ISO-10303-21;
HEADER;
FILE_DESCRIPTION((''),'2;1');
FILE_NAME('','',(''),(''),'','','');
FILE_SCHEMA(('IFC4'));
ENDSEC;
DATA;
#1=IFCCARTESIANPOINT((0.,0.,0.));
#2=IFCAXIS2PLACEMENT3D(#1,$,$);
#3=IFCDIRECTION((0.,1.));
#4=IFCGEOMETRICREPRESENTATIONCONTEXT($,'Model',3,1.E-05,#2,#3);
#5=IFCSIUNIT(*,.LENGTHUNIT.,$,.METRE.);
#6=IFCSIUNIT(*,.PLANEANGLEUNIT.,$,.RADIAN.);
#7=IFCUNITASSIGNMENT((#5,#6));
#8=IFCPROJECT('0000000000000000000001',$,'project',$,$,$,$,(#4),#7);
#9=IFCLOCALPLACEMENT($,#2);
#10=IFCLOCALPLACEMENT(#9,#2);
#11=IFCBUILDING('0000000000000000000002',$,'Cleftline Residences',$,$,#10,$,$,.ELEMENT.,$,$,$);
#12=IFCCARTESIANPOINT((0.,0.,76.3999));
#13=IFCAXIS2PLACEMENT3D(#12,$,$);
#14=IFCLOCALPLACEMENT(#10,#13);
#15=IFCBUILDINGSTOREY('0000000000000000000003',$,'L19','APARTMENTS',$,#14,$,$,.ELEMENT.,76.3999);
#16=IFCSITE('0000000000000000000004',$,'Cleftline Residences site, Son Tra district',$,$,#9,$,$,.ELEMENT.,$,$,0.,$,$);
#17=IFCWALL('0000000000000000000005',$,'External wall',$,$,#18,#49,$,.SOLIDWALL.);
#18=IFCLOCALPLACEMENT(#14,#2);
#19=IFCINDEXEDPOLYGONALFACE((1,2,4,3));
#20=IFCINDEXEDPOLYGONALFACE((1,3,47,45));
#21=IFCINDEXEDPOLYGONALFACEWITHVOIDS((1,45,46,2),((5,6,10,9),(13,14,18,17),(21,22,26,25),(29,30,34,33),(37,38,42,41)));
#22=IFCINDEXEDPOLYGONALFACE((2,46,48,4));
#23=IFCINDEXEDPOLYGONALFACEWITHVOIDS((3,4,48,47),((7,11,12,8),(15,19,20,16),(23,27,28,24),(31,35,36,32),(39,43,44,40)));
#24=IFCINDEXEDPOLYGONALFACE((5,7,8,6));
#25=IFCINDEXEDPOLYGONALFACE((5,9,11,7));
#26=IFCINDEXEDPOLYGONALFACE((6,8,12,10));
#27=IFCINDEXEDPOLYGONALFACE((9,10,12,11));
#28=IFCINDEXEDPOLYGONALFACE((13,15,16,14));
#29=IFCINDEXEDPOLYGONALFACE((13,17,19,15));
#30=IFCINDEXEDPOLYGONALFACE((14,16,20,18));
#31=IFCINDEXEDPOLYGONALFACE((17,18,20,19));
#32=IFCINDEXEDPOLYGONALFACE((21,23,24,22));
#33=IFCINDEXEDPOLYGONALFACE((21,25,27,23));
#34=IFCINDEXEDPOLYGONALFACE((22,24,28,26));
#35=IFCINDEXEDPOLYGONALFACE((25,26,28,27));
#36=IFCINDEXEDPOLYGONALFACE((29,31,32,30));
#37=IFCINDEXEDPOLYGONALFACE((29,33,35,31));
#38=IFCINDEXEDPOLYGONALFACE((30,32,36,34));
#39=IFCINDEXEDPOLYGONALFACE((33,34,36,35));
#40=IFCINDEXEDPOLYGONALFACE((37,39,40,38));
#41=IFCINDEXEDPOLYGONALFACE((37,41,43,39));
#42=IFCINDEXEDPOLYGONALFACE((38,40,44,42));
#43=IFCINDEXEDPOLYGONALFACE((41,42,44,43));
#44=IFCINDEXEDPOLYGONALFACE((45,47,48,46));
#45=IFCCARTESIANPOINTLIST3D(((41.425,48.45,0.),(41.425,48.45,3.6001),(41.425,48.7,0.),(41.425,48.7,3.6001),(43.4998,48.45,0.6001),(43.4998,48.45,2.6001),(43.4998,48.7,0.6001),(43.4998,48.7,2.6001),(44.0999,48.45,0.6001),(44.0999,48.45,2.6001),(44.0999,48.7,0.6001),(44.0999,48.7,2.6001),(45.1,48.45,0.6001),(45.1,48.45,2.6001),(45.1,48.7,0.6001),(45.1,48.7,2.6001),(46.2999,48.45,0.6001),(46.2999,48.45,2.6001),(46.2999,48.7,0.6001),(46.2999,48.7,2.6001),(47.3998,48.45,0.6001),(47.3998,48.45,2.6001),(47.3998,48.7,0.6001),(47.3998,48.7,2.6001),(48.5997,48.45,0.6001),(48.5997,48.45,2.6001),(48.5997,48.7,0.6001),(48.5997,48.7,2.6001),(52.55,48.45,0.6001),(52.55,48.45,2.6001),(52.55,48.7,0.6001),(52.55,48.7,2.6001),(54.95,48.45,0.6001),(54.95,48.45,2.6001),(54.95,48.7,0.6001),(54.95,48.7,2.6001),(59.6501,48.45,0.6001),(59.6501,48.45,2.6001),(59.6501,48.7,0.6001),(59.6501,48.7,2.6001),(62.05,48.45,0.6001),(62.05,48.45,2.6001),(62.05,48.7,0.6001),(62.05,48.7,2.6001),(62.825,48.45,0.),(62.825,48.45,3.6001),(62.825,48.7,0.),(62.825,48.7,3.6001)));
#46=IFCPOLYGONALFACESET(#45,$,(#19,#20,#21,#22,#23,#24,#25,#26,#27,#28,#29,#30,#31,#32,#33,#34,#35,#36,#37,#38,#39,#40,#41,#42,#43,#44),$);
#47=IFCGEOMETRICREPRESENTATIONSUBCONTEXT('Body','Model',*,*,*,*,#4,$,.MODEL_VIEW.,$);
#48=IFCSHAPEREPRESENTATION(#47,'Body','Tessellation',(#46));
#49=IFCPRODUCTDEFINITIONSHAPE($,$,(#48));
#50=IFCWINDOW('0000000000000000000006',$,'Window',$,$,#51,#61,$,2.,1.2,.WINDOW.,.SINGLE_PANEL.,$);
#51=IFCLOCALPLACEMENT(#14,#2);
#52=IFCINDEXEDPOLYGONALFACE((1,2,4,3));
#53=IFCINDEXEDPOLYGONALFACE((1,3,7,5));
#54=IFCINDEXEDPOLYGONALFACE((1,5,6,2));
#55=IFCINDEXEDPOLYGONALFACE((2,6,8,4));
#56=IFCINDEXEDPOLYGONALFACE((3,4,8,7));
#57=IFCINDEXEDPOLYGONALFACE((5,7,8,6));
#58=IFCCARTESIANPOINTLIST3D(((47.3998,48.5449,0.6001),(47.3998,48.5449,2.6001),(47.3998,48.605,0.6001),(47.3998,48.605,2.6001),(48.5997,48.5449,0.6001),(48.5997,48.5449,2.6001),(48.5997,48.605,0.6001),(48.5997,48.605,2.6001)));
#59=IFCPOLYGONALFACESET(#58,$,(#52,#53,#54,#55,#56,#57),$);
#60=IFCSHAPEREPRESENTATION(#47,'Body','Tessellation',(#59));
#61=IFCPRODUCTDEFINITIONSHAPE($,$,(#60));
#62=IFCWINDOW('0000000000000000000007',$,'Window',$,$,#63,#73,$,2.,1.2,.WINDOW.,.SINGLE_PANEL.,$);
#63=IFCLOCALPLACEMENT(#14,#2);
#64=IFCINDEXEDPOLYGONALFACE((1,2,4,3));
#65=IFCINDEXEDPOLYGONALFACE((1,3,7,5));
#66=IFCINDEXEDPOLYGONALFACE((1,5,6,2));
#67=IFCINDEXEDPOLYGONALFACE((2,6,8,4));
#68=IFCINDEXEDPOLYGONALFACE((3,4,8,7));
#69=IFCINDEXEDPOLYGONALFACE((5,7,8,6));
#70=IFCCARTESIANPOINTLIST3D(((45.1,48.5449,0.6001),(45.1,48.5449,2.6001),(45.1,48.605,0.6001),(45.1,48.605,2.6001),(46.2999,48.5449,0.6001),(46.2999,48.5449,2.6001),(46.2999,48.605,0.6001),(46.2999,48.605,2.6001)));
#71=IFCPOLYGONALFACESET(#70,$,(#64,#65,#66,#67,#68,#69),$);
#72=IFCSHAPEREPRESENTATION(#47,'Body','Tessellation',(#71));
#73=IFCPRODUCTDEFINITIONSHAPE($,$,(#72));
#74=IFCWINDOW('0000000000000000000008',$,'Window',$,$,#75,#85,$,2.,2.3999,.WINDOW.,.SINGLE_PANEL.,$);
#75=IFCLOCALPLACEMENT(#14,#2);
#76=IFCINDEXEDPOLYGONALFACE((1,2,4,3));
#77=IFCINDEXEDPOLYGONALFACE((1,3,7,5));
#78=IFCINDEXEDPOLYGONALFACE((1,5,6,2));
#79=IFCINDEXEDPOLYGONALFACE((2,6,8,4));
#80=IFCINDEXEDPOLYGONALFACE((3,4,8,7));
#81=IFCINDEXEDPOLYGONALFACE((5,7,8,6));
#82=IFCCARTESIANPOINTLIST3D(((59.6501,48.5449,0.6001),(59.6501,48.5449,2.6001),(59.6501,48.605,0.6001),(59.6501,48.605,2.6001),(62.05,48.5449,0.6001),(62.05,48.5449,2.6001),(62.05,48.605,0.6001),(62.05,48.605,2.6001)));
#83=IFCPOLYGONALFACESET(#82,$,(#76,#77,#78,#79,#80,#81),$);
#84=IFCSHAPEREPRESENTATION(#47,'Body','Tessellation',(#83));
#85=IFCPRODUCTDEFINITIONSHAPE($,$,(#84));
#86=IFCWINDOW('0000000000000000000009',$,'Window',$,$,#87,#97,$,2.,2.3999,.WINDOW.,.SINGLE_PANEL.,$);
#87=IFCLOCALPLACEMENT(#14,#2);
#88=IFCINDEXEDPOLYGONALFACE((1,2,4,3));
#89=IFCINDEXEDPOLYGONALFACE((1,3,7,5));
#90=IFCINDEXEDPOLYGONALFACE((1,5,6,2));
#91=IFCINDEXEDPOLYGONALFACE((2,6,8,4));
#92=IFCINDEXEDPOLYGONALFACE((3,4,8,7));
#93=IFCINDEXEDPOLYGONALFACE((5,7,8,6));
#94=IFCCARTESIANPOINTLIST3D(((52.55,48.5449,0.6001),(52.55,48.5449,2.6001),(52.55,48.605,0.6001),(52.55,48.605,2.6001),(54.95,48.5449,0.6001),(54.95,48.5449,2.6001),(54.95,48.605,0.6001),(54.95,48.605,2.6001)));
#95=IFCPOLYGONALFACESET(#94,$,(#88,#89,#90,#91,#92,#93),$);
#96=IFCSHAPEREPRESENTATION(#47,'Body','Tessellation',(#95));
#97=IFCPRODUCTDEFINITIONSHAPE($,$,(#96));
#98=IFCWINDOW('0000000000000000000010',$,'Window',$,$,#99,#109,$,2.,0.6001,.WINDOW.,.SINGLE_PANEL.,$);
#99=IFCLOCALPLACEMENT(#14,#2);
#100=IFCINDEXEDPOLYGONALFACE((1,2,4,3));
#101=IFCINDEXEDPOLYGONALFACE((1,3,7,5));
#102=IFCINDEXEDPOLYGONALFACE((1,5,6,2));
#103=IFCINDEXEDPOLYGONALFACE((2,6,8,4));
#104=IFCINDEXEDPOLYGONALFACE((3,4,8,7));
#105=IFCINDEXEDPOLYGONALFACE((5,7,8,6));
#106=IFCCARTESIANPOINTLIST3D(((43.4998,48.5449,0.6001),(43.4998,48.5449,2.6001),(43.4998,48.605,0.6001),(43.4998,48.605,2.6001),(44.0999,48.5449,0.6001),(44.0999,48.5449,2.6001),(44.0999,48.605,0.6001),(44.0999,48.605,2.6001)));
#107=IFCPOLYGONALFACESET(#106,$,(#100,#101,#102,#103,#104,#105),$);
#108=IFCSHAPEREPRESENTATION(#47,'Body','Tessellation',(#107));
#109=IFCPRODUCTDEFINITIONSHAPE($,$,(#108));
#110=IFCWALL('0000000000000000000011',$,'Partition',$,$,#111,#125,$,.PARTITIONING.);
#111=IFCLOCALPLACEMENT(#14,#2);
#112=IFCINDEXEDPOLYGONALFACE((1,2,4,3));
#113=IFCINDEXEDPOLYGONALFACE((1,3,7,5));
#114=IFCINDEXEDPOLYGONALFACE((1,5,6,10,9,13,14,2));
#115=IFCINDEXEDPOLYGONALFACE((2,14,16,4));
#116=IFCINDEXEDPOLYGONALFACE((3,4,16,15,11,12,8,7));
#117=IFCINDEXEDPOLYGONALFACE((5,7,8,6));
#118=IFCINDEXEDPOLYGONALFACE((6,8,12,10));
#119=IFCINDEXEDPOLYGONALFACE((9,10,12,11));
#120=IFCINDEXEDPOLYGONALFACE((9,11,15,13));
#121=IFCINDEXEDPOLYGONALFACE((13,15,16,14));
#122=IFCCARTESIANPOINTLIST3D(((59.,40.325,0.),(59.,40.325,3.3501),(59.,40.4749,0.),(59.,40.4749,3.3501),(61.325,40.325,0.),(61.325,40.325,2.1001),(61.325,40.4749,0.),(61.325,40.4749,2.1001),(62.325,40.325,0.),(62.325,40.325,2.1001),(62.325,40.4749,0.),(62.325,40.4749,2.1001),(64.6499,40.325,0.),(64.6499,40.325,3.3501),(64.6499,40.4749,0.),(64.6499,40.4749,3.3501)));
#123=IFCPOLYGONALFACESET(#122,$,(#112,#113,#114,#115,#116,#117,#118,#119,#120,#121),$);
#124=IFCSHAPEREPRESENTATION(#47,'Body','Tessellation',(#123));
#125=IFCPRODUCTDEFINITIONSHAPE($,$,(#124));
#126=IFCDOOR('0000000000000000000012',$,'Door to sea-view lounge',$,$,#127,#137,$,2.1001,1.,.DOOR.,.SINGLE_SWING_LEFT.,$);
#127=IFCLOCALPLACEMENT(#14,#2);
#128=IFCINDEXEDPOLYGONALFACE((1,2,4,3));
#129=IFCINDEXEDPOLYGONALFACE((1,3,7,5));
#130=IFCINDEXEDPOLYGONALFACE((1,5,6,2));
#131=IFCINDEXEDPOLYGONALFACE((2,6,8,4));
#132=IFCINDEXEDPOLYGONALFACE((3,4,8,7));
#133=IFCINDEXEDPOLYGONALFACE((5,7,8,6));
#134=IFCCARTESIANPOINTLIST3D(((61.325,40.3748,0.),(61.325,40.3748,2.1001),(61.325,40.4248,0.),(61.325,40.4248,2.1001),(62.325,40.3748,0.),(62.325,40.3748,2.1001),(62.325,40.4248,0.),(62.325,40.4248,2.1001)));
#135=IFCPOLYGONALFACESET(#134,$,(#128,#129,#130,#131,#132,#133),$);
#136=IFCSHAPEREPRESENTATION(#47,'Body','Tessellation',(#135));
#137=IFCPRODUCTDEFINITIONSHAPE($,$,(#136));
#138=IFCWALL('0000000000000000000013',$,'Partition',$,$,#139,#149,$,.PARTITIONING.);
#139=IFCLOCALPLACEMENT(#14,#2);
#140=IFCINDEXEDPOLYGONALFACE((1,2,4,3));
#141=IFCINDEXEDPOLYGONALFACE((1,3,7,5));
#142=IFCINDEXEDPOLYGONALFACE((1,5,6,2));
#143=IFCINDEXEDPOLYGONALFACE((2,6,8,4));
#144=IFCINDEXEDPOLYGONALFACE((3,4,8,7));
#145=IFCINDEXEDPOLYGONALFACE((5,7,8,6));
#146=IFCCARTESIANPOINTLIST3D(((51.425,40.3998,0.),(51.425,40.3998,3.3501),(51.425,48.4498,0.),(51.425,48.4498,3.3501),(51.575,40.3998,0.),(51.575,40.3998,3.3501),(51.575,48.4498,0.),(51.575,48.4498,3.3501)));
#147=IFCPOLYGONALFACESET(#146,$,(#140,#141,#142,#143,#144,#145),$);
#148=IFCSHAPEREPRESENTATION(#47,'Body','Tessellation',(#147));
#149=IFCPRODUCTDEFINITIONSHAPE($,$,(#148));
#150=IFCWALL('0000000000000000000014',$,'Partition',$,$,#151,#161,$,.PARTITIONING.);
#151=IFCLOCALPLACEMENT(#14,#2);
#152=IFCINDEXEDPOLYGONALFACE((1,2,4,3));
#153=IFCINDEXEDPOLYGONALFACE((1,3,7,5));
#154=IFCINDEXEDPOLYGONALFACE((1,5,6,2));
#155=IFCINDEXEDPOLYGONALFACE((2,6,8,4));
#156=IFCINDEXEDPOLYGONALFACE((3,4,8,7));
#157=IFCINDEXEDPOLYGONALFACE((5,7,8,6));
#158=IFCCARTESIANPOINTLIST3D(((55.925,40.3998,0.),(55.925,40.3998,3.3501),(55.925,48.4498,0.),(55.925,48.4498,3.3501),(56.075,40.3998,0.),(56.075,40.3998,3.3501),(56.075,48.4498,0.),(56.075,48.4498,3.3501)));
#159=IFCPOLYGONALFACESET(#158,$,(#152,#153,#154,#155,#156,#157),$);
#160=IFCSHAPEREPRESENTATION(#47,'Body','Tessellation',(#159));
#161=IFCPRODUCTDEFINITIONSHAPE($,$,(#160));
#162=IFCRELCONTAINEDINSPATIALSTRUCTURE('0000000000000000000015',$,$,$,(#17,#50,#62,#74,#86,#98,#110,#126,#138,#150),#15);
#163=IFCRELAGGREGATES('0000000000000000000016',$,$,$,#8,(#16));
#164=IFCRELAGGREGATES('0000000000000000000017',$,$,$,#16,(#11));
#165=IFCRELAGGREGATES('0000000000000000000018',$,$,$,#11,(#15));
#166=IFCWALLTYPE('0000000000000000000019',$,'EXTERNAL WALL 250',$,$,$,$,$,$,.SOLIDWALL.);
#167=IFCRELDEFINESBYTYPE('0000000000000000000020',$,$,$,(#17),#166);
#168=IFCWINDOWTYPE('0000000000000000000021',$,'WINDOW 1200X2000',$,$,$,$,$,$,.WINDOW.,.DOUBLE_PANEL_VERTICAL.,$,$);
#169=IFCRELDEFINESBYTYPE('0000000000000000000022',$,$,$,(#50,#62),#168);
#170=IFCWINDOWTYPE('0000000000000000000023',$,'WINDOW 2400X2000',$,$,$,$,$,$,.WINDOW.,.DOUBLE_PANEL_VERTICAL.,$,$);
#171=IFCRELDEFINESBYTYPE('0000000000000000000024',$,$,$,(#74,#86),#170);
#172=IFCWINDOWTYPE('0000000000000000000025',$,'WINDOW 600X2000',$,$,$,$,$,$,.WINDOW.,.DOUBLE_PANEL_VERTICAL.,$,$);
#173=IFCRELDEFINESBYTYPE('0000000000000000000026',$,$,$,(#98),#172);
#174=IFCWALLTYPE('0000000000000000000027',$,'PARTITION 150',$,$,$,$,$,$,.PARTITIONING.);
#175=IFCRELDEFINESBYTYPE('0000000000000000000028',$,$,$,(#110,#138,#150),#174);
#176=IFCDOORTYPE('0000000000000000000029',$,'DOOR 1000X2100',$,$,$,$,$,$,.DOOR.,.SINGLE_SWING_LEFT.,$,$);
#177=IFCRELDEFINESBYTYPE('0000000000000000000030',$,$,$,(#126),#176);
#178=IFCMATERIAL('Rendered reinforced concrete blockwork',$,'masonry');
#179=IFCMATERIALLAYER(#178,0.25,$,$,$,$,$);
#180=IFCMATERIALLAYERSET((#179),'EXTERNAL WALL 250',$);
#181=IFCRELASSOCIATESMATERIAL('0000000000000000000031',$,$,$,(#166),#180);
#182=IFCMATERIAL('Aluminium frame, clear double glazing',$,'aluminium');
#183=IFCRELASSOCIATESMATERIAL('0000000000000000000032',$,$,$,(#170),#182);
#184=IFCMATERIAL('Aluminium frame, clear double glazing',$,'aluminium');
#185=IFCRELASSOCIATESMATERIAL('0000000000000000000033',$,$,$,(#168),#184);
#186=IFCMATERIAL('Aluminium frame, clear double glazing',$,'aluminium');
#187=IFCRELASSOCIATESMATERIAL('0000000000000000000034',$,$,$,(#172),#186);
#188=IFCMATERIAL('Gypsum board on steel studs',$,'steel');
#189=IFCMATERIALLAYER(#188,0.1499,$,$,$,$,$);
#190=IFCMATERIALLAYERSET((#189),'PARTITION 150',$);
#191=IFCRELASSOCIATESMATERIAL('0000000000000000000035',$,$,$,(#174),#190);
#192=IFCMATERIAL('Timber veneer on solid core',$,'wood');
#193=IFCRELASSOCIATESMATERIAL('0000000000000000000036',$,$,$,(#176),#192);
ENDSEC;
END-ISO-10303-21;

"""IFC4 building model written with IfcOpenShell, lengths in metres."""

from ifc_helpers import new_model, si_unit, direction, frame, frame_2d, origin, place, context, subcontext, project, spatial, rectangle, extrude, material, layer, layer_set, type_object, element, fill, save


model = new_model("IFC4")

# Units and contexts
model_context = context("Model", 3, precision=1e-05, world=origin(), true_north=direction((0.0, 1.0)))
body_context = subcontext(model_context, "Body", "Model", "MODEL_VIEW")
ifc_project = project(units=[si_unit("LENGTHUNIT", "METRE"), si_unit("PLANEANGLEUNIT", "RADIAN")], contexts=[model_context])

# Site, building, storey
site_placement = place(None, origin())
site = spatial("IfcSite", under=ifc_project, at=site_placement, Name="Cleftline Residences site, Son Tra district", CompositionType="ELEMENT", RefElevation=0.0)
building_placement = place(site_placement, origin())
building = spatial("IfcBuilding", under=site, at=building_placement, Name="Cleftline Residences", CompositionType="ELEMENT")
storey_placement = place(building_placement, frame((0.0, 0.0, 76.3999)))
storey = spatial("IfcBuildingStorey", under=building, at=storey_placement, Name="L19", Description="APARTMENTS", CompositionType="ELEMENT", Elevation=76.3999)

# Shared definitions
ifc_material_1 = material(Name="Rendered reinforced concrete blockwork", Category="masonry")
ifc_layer_1 = layer(ifc_material_1, 0.25)
ifc_layer_set_1 = layer_set([ifc_layer_1], Name="EXTERNAL WALL 250")
wall_type_1 = type_object("IfcWallType", Name="EXTERNAL WALL 250", PredefinedType="SOLIDWALL", material=ifc_layer_set_1)
ifc_material_2 = material(Name="Aluminium frame, clear double glazing", Category="aluminium")
window_type_1 = type_object("IfcWindowType", Name="WINDOW 2400X2000", PartitioningType="DOUBLE_PANEL_VERTICAL", PredefinedType="WINDOW", material=ifc_material_2)

# Wall, openings, windows
wall_1_placement = place(storey_placement, frame((62.825, 48.575, 0.0), z_axis=(0.0, 0.0, 1.0), x_axis=(-1.0, 0.0, 0.0)))
wall_1 = element("IfcWall", 1, at=wall_1_placement, inside=storey, type_object=wall_type_1, Name="External wall", PredefinedType="SOLIDWALL", context=body_context, shape_type="SweptSolid", body=[
    extrude(rectangle(XDim=21.3999, YDim=0.25, at=frame_2d((10.7, 0.0))), origin(), (0.0, 0.0, 1.0), 3.6001),
])
opening_1_placement = place(wall_1_placement, frame((0.7749, 0.0, 0.6001)))
opening_1 = element("IfcOpeningElement", 2, at=opening_1_placement, cuts=wall_1, PredefinedType="OPENING", context=body_context, shape_type="SweptSolid", body=[
    extrude(rectangle(XDim=2.3999, YDim=2.0, at=frame_2d((1.2, 1.0))), frame((0.0, 0.135, 0.0), z_axis=(0.0, -1.0, 0.0), x_axis=(1.0, 0.0, 0.0)), (0.0, 0.0, 1.0), 0.27),
])
opening_2_placement = place(wall_1_placement, frame((7.875, 0.0, 0.6001)))
opening_2 = element("IfcOpeningElement", 3, at=opening_2_placement, cuts=wall_1, PredefinedType="OPENING", context=body_context, shape_type="SweptSolid", body=[
    extrude(rectangle(XDim=2.3999, YDim=2.0, at=frame_2d((1.2, 1.0))), frame((0.0, 0.135, 0.0), z_axis=(0.0, -1.0, 0.0), x_axis=(1.0, 0.0, 0.0)), (0.0, 0.0, 1.0), 0.27),
])
opening_3_placement = place(wall_1_placement, frame((14.2251, 0.0, 0.6001)))
opening_3 = element("IfcOpeningElement", 4, at=opening_3_placement, cuts=wall_1, PredefinedType="OPENING", context=body_context, shape_type="SweptSolid", body=[
    extrude(rectangle(XDim=1.2, YDim=2.0, at=frame_2d((0.6001, 1.0))), frame((0.0, 0.135, 0.0), z_axis=(0.0, -1.0, 0.0), x_axis=(1.0, 0.0, 0.0)), (0.0, 0.0, 1.0), 0.27),
])
opening_4_placement = place(wall_1_placement, frame((16.5249, 0.0, 0.6001)))
opening_4 = element("IfcOpeningElement", 5, at=opening_4_placement, cuts=wall_1, PredefinedType="OPENING", context=body_context, shape_type="SweptSolid", body=[
    extrude(rectangle(XDim=1.2, YDim=2.0, at=frame_2d((0.6001, 1.0))), frame((0.0, 0.135, 0.0), z_axis=(0.0, -1.0, 0.0), x_axis=(1.0, 0.0, 0.0)), (0.0, 0.0, 1.0), 0.27),
])
opening_5_placement = place(wall_1_placement, frame((18.7251, 0.0, 0.6001)))
opening_5 = element("IfcOpeningElement", 6, at=opening_5_placement, cuts=wall_1, PredefinedType="OPENING", context=body_context, shape_type="SweptSolid", body=[
    extrude(rectangle(XDim=0.6001, YDim=2.0, at=frame_2d((0.3, 1.0))), frame((0.0, 0.135, 0.0), z_axis=(0.0, -1.0, 0.0), x_axis=(1.0, 0.0, 0.0)), (0.0, 0.0, 1.0), 0.27),
])
ifc_material_3 = material(Name="Aluminium frame, clear double glazing", Category="aluminium")
window_type_2 = type_object("IfcWindowType", Name="WINDOW 1200X2000", PartitioningType="DOUBLE_PANEL_VERTICAL", PredefinedType="WINDOW", material=ifc_material_3)
window_1_placement = place(opening_3_placement, origin())
window_1 = element("IfcWindow", 7, at=window_1_placement, inside=storey, type_object=window_type_2, Name="Window", OverallHeight=2.0, OverallWidth=1.2, PartitioningType="SINGLE_PANEL", PredefinedType="WINDOW", context=body_context, shape_type="SweptSolid", body=[
    extrude(rectangle(XDim=1.2, YDim=2.0, at=frame_2d((0.6001, 1.0))), frame((0.0, 0.03, 0.0), z_axis=(0.0, -1.0, 0.0), x_axis=(1.0, 0.0, 0.0)), (0.0, 0.0, 1.0), 0.0601),
])
fill(opening_3, window_1)
window_2_placement = place(opening_4_placement, origin())
window_2 = element("IfcWindow", 8, at=window_2_placement, inside=storey, type_object=window_type_2, Name="Window", OverallHeight=2.0, OverallWidth=1.2, PartitioningType="SINGLE_PANEL", PredefinedType="WINDOW", context=body_context, shape_type="SweptSolid", body=[
    extrude(rectangle(XDim=1.2, YDim=2.0, at=frame_2d((0.6001, 1.0))), frame((0.0, 0.03, 0.0), z_axis=(0.0, -1.0, 0.0), x_axis=(1.0, 0.0, 0.0)), (0.0, 0.0, 1.0), 0.0601),
])
fill(opening_4, window_2)
window_3_placement = place(opening_1_placement, origin())
window_3 = element("IfcWindow", 9, at=window_3_placement, inside=storey, type_object=window_type_1, Name="Window", OverallHeight=2.0, OverallWidth=2.3999, PartitioningType="SINGLE_PANEL", PredefinedType="WINDOW", context=body_context, shape_type="SweptSolid", body=[
    extrude(rectangle(XDim=2.3999, YDim=2.0, at=frame_2d((1.2, 1.0))), frame((0.0, 0.03, 0.0), z_axis=(0.0, -1.0, 0.0), x_axis=(1.0, 0.0, 0.0)), (0.0, 0.0, 1.0), 0.0601),
])
fill(opening_1, window_3)
window_4_placement = place(opening_2_placement, origin())
window_4 = element("IfcWindow", 10, at=window_4_placement, inside=storey, type_object=window_type_1, Name="Window", OverallHeight=2.0, OverallWidth=2.3999, PartitioningType="SINGLE_PANEL", PredefinedType="WINDOW", context=body_context, shape_type="SweptSolid", body=[
    extrude(rectangle(XDim=2.3999, YDim=2.0, at=frame_2d((1.2, 1.0))), frame((0.0, 0.03, 0.0), z_axis=(0.0, -1.0, 0.0), x_axis=(1.0, 0.0, 0.0)), (0.0, 0.0, 1.0), 0.0601),
])
fill(opening_2, window_4)
ifc_material_4 = material(Name="Aluminium frame, clear double glazing", Category="aluminium")
window_type_3 = type_object("IfcWindowType", Name="WINDOW 600X2000", PartitioningType="DOUBLE_PANEL_VERTICAL", PredefinedType="WINDOW", material=ifc_material_4)
window_5_placement = place(opening_5_placement, origin())
window_5 = element("IfcWindow", 11, at=window_5_placement, inside=storey, type_object=window_type_3, Name="Window", OverallHeight=2.0, OverallWidth=0.6001, PartitioningType="SINGLE_PANEL", PredefinedType="WINDOW", context=body_context, shape_type="SweptSolid", body=[
    extrude(rectangle(XDim=0.6001, YDim=2.0, at=frame_2d((0.3, 1.0))), frame((0.0, 0.03, 0.0), z_axis=(0.0, -1.0, 0.0), x_axis=(1.0, 0.0, 0.0)), (0.0, 0.0, 1.0), 0.0601),
])
fill(opening_5, window_5)

# Wall, opening, door
ifc_material_5 = material(Name="Gypsum board on steel studs", Category="steel")
ifc_layer_2 = layer(ifc_material_5, 0.1499)
ifc_layer_set_2 = layer_set([ifc_layer_2], Name="PARTITION 150")
wall_type_2 = type_object("IfcWallType", Name="PARTITION 150", PredefinedType="PARTITIONING", material=ifc_layer_set_2)
wall_2_placement = place(storey_placement, frame((59.0, 40.3999, 0.0), z_axis=(0.0, 0.0, 1.0), x_axis=(1.0, 0.0, 0.0)))
wall_2 = element("IfcWall", 12, at=wall_2_placement, inside=storey, type_object=wall_type_2, Name="Partition", PredefinedType="PARTITIONING", context=body_context, shape_type="SweptSolid", body=[
    extrude(rectangle(XDim=5.6499, YDim=0.1499, at=frame_2d((2.825, 0.0))), origin(), (0.0, 0.0, 1.0), 3.3501),
])
opening_6_placement = place(wall_2_placement, frame((2.325, 0.0, 0.0)))
opening_6 = element("IfcOpeningElement", 13, at=opening_6_placement, cuts=wall_2, PredefinedType="OPENING", context=body_context, shape_type="SweptSolid", body=[
    extrude(rectangle(XDim=1.0, YDim=2.1001, at=frame_2d((0.5, 1.05))), frame((0.0, 0.085, 0.0), z_axis=(0.0, -1.0, 0.0), x_axis=(1.0, 0.0, 0.0)), (0.0, 0.0, 1.0), 0.1699),
])
ifc_material_6 = material(Name="Timber veneer on solid core", Category="wood")
door_type = type_object("IfcDoorType", Name="DOOR 1000X2100", OperationType="SINGLE_SWING_LEFT", PredefinedType="DOOR", material=ifc_material_6)
door_placement = place(opening_6_placement, origin())
door = element("IfcDoor", 14, at=door_placement, inside=storey, type_object=door_type, Name="Door to sea-view lounge", OperationType="SINGLE_SWING_LEFT", OverallHeight=2.1001, OverallWidth=1.0, PredefinedType="DOOR", context=body_context, shape_type="SweptSolid", body=[
    extrude(rectangle(XDim=1.0, YDim=2.1001, at=frame_2d((0.5, 1.05))), frame((0.0, 0.0249, 0.0), z_axis=(0.0, -1.0, 0.0), x_axis=(1.0, 0.0, 0.0)), (0.0, 0.0, 1.0), 0.05),
])
fill(opening_6, door)

# Walls
for number, where, z_axis, x_axis, name in (
    (15, (51.5, 40.3999, 0.0), (0.0, 0.0, 1.0), (0.0, 1.0, 0.0), "Partition"),
    (16, (56.0, 40.3999, 0.0), (0.0, 0.0, 1.0), (0.0, 1.0, 0.0), "Partition"),
):
    element("IfcWall", number, at=place(storey_placement, frame(where, z_axis=z_axis, x_axis=x_axis)), inside=storey, type_object=wall_type_2, Name=name, PredefinedType="PARTITIONING", context=body_context, shape_type="SweptSolid", body=[
        extrude(rectangle(XDim=8.05, YDim=0.1499, at=frame_2d((4.0249, 0.0))), origin(), (0.0, 0.0, 1.0), 3.3501),
    ])

save(model, "model.ifc")
